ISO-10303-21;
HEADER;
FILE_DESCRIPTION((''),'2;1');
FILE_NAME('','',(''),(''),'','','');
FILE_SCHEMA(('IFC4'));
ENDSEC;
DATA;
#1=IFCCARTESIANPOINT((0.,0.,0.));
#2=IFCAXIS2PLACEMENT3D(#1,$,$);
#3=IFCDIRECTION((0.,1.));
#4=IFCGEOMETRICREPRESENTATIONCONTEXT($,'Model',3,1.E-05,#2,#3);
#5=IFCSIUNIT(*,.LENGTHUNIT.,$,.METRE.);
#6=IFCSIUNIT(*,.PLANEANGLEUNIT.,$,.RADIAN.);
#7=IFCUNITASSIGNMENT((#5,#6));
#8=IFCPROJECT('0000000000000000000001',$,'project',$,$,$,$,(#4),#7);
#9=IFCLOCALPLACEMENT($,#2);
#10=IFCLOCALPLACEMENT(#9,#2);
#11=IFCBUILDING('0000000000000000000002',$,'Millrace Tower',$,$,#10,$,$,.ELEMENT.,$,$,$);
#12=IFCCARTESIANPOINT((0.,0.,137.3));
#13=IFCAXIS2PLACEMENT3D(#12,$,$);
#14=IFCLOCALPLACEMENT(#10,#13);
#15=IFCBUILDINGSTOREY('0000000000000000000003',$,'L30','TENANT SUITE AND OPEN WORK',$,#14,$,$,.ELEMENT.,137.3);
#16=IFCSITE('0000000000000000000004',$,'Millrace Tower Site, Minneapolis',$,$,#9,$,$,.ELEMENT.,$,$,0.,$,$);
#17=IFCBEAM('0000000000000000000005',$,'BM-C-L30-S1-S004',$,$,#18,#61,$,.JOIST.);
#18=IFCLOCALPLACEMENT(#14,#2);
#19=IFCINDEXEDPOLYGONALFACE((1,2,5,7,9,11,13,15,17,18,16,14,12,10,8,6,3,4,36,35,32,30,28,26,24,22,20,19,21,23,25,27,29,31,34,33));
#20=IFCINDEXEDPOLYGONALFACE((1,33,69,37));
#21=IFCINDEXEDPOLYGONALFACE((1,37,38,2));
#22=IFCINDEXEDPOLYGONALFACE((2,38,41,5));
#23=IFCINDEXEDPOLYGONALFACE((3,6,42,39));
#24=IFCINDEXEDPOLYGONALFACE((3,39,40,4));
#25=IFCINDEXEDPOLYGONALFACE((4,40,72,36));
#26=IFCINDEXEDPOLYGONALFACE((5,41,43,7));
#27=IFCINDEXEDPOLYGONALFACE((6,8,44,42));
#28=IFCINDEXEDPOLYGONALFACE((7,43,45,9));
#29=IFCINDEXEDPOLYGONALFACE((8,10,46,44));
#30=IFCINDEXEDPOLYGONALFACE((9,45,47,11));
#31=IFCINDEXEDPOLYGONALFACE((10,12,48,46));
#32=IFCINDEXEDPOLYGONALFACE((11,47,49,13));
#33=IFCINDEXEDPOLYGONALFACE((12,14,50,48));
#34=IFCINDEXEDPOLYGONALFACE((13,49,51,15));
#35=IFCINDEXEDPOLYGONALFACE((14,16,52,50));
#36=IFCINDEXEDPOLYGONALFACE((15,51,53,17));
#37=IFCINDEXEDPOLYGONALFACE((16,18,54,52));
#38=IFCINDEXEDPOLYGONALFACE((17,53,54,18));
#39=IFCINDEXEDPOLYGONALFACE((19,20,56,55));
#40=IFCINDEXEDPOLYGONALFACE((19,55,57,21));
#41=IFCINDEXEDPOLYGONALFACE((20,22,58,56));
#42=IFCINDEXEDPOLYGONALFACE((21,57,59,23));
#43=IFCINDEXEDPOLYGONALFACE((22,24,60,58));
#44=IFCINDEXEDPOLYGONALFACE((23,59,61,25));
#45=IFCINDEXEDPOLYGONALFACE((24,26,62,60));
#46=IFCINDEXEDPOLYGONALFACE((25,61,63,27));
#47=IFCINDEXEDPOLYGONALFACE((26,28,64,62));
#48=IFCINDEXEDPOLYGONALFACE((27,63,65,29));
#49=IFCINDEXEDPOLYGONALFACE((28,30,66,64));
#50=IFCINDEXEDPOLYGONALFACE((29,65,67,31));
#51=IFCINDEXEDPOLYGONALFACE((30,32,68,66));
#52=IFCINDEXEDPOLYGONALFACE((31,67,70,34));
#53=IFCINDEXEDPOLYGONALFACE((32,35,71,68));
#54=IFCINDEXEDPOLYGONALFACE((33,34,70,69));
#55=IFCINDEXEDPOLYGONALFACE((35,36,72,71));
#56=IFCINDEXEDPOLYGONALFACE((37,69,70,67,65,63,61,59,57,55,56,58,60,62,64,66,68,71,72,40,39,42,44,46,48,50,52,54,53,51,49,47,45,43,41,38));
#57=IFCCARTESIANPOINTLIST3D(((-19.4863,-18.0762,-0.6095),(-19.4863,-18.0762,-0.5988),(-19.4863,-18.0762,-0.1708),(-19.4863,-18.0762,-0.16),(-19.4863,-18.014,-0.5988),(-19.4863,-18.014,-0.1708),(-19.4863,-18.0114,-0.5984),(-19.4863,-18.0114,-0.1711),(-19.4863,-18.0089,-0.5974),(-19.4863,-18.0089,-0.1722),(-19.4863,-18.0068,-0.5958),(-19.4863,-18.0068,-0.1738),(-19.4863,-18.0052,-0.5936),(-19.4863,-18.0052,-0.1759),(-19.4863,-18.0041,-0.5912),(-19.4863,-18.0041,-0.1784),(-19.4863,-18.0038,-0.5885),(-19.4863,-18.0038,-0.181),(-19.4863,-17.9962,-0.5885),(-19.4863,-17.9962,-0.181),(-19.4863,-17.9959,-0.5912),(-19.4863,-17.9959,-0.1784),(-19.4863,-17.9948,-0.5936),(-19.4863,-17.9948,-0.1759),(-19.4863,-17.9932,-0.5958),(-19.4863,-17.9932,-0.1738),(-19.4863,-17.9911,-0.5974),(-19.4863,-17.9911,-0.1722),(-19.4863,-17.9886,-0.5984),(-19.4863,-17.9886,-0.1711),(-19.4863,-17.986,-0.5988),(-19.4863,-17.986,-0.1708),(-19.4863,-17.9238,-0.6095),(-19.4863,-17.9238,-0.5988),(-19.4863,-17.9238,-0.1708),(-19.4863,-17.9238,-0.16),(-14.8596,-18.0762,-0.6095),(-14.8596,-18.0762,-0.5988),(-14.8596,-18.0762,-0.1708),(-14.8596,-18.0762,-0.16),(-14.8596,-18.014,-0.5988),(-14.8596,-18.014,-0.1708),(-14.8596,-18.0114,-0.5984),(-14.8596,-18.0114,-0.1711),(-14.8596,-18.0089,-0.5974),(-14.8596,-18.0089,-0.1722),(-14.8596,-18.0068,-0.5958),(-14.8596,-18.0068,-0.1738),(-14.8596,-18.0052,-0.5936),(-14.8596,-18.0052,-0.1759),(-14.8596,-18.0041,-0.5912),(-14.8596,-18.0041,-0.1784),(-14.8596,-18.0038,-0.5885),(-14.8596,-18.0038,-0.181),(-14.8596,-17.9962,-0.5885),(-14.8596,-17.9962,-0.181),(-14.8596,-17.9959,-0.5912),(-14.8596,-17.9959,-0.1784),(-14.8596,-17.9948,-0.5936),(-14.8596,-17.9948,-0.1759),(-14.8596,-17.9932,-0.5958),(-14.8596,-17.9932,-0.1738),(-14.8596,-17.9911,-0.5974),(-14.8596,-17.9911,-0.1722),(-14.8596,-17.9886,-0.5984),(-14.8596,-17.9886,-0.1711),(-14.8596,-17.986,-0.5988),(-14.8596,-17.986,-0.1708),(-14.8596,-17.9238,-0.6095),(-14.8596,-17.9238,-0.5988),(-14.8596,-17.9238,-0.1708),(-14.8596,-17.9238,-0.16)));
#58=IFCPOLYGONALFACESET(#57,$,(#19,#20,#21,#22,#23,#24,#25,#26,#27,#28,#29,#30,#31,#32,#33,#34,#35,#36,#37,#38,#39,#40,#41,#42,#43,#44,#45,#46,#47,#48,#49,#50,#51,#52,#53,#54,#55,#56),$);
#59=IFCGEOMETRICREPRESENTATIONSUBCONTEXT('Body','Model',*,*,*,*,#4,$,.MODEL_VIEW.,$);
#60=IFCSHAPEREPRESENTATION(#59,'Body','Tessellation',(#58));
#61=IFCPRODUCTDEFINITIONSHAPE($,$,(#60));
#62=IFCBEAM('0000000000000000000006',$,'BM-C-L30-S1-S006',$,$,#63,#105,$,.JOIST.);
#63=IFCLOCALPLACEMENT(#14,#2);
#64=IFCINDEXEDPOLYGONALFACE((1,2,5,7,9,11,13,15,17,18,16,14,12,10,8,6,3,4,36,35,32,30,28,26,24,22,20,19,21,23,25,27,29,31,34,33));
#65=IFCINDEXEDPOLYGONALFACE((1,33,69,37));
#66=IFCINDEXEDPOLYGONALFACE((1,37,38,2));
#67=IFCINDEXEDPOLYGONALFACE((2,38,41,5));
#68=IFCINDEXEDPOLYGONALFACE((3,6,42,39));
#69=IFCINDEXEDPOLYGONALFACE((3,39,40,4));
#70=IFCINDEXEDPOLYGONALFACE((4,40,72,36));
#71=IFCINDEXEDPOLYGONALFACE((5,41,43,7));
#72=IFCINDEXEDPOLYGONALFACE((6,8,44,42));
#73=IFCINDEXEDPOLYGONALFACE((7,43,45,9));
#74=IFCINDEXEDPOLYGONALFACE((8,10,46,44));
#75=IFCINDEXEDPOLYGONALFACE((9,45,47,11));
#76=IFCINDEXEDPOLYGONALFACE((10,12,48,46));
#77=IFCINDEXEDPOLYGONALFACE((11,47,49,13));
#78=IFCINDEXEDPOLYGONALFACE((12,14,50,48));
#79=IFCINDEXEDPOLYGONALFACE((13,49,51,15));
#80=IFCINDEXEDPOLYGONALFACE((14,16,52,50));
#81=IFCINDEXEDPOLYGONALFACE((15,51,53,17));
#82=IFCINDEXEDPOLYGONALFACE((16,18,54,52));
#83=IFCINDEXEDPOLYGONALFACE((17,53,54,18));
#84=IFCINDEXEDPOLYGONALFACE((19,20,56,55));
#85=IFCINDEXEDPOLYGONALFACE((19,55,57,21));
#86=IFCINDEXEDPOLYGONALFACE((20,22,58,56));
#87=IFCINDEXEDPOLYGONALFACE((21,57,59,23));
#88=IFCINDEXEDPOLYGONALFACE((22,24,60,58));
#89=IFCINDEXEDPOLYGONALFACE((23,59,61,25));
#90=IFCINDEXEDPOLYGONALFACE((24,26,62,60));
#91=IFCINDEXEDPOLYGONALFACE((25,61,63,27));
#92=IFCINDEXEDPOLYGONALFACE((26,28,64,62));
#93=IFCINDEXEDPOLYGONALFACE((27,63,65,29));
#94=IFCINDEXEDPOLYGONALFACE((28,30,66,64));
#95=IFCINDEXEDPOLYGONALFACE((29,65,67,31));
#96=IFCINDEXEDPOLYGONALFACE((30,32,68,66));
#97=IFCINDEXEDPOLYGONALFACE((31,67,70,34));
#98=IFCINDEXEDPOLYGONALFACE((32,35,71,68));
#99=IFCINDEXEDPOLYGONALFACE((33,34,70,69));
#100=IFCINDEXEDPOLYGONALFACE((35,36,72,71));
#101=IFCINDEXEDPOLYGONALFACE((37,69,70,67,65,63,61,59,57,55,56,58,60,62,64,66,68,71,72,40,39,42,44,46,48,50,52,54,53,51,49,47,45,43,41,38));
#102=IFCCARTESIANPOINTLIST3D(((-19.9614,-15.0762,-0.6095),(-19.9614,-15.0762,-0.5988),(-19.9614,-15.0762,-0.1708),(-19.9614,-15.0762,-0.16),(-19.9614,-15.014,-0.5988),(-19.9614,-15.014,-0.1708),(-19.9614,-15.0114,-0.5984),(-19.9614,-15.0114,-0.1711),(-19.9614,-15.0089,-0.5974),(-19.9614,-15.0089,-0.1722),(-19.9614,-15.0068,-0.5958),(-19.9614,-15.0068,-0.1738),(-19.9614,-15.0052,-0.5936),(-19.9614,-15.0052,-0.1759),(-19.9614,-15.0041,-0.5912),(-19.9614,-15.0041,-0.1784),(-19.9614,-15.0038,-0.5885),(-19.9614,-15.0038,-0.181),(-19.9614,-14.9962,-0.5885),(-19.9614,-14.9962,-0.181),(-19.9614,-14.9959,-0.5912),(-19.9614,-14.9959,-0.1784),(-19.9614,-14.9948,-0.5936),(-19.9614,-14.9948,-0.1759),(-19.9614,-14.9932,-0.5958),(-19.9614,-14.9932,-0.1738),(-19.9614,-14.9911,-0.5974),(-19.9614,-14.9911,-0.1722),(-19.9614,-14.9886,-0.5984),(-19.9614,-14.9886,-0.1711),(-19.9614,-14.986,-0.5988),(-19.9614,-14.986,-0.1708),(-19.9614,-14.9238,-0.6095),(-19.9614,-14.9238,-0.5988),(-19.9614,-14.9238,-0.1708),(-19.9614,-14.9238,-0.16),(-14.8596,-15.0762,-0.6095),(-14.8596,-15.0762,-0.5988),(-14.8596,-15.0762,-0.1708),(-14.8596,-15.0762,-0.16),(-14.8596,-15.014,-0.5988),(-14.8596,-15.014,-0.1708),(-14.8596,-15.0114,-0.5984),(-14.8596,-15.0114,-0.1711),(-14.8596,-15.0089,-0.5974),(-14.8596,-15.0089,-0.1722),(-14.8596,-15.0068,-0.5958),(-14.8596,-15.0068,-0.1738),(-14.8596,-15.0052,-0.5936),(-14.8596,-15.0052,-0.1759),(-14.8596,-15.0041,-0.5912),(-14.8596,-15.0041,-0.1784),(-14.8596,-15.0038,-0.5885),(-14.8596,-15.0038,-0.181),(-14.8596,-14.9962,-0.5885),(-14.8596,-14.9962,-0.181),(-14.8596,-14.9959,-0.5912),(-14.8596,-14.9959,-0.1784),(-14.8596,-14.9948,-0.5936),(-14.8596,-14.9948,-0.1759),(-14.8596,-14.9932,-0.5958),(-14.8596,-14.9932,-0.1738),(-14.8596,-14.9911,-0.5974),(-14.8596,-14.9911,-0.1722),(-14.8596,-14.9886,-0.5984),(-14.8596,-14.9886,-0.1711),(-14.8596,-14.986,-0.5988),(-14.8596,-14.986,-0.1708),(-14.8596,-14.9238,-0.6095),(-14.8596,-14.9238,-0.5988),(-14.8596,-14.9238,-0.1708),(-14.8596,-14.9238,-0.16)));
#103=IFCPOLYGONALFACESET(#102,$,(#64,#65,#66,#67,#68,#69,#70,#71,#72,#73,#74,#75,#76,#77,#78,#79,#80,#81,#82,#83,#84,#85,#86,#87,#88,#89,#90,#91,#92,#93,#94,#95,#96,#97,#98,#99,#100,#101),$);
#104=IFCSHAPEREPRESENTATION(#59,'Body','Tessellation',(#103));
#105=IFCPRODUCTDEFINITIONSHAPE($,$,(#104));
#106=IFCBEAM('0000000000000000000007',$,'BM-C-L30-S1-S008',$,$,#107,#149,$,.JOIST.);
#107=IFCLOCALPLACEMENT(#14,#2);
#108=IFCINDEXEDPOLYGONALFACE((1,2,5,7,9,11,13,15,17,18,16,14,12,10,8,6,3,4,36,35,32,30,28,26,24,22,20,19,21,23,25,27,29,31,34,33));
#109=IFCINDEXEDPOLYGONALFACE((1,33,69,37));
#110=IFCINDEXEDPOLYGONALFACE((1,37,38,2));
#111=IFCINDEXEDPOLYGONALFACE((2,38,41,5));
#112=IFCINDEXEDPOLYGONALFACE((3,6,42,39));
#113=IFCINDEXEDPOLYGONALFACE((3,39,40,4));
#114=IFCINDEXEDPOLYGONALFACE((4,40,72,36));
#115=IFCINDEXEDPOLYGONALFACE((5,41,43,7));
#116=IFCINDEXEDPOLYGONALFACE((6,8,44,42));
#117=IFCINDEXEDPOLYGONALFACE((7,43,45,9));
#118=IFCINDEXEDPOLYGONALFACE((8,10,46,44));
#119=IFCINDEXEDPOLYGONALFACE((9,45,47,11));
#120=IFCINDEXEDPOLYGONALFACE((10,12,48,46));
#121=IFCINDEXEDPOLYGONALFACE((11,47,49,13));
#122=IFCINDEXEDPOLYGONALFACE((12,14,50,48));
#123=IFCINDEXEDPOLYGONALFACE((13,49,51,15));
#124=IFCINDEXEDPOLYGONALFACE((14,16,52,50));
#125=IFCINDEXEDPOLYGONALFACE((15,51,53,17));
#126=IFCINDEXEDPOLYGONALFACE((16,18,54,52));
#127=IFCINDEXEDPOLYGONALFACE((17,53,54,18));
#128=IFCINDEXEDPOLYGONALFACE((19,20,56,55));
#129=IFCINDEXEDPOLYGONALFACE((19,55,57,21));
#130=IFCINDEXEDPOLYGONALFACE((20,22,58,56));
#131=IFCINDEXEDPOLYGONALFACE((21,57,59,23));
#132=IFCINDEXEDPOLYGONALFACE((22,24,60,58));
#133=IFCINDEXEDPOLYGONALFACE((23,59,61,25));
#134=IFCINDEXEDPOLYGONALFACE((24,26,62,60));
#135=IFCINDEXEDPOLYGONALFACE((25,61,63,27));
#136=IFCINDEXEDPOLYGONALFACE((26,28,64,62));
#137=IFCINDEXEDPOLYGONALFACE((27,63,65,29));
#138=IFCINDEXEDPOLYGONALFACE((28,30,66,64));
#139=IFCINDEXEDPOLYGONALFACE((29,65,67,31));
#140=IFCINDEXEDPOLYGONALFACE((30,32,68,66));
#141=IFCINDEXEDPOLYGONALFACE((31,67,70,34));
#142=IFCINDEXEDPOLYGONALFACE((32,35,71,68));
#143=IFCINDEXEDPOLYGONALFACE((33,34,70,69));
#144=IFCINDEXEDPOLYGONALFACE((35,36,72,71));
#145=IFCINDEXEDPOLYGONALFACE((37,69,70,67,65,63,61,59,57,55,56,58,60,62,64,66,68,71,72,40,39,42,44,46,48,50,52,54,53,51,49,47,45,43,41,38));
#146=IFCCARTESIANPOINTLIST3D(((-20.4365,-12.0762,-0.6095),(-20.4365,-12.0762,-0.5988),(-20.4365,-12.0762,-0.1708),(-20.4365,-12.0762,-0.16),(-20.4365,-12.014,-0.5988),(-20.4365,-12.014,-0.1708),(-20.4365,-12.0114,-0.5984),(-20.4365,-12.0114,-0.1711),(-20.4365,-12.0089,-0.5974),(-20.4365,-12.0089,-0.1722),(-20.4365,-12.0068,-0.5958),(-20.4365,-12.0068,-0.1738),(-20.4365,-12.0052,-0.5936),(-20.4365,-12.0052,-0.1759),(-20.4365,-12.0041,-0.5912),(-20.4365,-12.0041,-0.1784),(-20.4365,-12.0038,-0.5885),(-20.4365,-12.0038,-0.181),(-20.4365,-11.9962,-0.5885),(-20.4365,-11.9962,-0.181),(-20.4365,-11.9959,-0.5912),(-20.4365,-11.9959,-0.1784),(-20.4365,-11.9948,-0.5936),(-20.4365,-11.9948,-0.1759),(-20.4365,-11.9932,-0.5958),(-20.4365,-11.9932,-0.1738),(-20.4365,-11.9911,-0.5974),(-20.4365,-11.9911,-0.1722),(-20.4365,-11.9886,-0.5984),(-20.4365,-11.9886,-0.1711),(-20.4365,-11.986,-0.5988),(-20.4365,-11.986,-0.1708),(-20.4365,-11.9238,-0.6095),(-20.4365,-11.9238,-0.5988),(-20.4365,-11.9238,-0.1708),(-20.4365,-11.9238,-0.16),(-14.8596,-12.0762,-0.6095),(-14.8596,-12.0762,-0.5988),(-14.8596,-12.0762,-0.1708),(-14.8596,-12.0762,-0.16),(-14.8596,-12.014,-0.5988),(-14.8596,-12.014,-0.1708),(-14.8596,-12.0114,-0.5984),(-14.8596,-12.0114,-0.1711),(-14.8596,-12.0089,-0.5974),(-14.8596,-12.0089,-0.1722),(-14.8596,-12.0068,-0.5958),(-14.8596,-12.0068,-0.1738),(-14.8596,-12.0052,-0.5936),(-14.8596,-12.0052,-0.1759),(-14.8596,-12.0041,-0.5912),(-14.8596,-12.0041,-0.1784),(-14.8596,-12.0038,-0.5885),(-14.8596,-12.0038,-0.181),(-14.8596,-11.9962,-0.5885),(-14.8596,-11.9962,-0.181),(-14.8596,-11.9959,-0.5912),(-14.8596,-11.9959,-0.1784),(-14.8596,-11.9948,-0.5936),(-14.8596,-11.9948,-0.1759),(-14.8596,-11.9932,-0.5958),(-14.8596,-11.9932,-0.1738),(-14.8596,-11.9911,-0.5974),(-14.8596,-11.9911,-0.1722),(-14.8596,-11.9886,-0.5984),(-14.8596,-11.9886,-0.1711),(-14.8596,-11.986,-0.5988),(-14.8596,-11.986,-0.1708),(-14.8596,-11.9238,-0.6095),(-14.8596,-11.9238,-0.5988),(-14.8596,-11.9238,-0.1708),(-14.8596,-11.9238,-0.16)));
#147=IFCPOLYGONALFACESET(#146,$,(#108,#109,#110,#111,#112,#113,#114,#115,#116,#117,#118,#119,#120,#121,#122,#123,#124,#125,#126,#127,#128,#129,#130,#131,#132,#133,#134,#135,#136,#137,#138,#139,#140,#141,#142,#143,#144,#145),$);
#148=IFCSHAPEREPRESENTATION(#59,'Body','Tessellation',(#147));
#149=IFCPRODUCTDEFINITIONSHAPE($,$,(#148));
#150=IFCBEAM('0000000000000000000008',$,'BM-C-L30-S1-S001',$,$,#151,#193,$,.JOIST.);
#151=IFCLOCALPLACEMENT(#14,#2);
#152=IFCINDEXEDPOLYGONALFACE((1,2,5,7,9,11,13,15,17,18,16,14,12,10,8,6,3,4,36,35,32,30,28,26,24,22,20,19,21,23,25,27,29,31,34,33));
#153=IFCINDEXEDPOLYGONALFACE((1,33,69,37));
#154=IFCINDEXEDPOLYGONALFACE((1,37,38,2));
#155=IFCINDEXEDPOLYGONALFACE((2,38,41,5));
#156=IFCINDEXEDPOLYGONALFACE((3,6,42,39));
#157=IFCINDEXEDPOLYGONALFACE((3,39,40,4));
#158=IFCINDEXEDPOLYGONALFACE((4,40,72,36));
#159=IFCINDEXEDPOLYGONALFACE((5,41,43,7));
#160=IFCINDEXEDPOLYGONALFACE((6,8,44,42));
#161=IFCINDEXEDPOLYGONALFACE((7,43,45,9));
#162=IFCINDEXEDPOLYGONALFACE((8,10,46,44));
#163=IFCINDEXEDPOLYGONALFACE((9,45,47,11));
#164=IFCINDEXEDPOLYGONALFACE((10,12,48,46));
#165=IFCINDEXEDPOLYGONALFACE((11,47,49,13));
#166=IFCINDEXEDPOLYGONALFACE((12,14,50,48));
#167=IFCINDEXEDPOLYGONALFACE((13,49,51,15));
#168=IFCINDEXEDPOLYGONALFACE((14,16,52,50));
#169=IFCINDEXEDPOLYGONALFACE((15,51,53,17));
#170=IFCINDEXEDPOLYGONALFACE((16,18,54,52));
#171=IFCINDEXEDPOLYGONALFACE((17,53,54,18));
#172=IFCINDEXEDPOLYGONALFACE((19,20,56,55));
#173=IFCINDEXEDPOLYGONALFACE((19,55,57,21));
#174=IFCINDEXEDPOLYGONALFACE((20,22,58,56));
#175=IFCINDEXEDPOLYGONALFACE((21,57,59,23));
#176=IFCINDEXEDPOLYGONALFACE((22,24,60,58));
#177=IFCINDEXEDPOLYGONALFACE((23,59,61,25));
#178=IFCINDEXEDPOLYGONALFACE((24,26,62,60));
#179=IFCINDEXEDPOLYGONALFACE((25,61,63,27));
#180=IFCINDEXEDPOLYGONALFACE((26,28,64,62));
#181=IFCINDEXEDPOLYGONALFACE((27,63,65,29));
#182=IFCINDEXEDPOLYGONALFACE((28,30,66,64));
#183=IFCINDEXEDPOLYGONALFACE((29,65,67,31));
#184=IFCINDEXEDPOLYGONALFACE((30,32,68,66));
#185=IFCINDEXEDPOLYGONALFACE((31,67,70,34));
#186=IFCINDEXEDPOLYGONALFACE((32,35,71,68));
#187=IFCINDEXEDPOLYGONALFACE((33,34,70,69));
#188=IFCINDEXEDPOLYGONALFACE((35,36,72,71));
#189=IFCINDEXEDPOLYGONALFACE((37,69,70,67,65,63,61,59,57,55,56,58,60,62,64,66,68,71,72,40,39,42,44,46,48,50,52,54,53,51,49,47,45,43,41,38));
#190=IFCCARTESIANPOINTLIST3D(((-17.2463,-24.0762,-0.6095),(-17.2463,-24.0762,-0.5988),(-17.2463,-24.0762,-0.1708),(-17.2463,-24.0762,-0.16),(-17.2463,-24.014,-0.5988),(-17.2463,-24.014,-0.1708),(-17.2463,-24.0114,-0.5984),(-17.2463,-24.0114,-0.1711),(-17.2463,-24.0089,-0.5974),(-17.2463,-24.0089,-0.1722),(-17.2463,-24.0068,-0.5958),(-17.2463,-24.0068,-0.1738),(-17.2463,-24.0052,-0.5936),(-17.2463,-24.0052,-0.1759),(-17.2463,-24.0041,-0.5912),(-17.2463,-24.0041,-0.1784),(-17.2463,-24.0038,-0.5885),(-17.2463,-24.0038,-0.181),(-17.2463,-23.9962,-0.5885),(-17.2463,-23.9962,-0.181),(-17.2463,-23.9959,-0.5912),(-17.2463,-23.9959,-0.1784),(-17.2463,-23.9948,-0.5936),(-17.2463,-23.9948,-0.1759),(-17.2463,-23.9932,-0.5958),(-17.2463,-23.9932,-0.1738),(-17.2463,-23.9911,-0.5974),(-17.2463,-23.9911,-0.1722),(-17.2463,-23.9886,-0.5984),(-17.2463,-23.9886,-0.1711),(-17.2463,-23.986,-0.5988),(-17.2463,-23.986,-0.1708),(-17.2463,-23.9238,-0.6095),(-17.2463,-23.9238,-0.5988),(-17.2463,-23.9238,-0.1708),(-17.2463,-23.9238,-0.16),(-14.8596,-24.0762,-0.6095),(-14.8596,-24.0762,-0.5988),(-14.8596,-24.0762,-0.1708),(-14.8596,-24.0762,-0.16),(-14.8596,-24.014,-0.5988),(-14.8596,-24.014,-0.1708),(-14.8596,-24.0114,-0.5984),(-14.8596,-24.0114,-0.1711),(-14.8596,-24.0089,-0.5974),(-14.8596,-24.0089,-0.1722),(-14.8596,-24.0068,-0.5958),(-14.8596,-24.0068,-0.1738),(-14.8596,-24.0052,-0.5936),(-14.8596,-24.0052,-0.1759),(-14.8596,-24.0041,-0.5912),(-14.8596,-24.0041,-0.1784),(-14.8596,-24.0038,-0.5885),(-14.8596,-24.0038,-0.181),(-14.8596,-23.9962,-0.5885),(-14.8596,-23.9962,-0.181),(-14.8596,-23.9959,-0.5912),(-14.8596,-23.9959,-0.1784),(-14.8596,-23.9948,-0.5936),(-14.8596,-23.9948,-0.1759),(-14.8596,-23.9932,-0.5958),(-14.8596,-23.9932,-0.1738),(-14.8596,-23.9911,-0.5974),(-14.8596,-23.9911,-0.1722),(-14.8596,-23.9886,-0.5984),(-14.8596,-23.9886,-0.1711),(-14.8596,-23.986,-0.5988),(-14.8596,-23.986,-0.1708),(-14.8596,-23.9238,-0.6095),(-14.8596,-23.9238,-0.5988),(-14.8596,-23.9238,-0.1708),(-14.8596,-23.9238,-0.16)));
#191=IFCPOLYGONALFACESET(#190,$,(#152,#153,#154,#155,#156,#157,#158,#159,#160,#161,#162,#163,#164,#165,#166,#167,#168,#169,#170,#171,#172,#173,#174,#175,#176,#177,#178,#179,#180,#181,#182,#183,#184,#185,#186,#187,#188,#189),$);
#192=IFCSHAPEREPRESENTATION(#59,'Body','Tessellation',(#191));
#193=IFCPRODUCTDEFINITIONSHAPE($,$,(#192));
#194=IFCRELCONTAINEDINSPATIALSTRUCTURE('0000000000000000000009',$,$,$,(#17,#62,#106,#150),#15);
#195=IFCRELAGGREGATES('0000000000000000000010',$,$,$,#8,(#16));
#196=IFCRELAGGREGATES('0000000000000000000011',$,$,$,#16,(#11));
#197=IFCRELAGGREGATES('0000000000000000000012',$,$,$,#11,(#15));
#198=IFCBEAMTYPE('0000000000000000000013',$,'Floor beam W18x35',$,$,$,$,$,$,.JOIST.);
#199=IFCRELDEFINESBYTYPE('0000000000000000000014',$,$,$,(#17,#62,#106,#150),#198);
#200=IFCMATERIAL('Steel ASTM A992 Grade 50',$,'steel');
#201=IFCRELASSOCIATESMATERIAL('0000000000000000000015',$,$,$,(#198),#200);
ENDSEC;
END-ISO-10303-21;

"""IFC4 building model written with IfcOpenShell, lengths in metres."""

from ifc_helpers import new_model, si_unit, direction, frame, origin, origin_2d, place, context, subcontext, project, spatial, i_section, extrude, material, material_profile, profile_set, type_object, element, save


model = new_model("IFC4")

# Units and contexts
model_context = context("Model", 3, precision=1e-05, world=origin(), true_north=direction((0.0, 1.0)))
body_context = subcontext(model_context, "Body", "Model", "MODEL_VIEW")
ifc_project = project(units=[si_unit("LENGTHUNIT", "METRE"), si_unit("PLANEANGLEUNIT", "RADIAN")], contexts=[model_context])

# Site, building, storey
site_placement = place(None, origin())
site = spatial("IfcSite", under=ifc_project, at=site_placement, Name="Millrace Tower Site, Minneapolis", CompositionType="ELEMENT", RefElevation=0.0)
building_placement = place(site_placement, origin())
building = spatial("IfcBuilding", under=site, at=building_placement, Name="Millrace Tower", CompositionType="ELEMENT")
storey_placement = place(building_placement, frame((0.0, 0.0, 137.3)))
storey = spatial("IfcBuildingStorey", under=building, at=storey_placement, Name="L30", Description="TENANT SUITE AND OPEN WORK", CompositionType="ELEMENT", Elevation=137.3)

# Beams
ifc_material_1 = material(Name="Steel ASTM A992 Grade 50", Category="steel")
ifc_material_profile_1 = material_profile(ifc_material_1, i_section(OverallWidth=0.1523, OverallDepth=0.4495, WebThickness=0.0076, FlangeThickness=0.0107, FilletRadius=0.0103, at=origin_2d()))
ifc_profile_set_1 = profile_set([ifc_material_profile_1], Name="Steel ASTM A992 Grade 50")
beam_type_1 = type_object("IfcBeamType", Name="Floor beam W18x35", PredefinedType="JOIST", material=ifc_profile_set_1)
beam_1_placement = place(storey_placement, frame((-19.4863, -18.0, -0.3848), z_axis=(1.0, 0.0, 0.0), x_axis=(0.0, 1.0, 0.0)))
element("IfcBeam", 1, at=beam_1_placement, inside=storey, type_object=beam_type_1, Name="BM-C-L30-S1-S004", PredefinedType="JOIST", context=body_context, shape_type="SweptSolid", body=[
    extrude(i_section(OverallWidth=0.1523, OverallDepth=0.4495, WebThickness=0.0076, FlangeThickness=0.0107, FilletRadius=0.0103, at=origin_2d()), origin(), (0.0, 0.0, 1.0), 4.6267),
])
beam_2_placement = place(storey_placement, frame((-19.9614, -15.0, -0.3848), z_axis=(1.0, 0.0, 0.0), x_axis=(0.0, 1.0, 0.0)))
element("IfcBeam", 2, at=beam_2_placement, inside=storey, type_object=beam_type_1, Name="BM-C-L30-S1-S006", PredefinedType="JOIST", context=body_context, shape_type="SweptSolid", body=[
    extrude(i_section(OverallWidth=0.1523, OverallDepth=0.4495, WebThickness=0.0076, FlangeThickness=0.0107, FilletRadius=0.0103, at=origin_2d()), origin(), (0.0, 0.0, 1.0), 5.1018),
])
beam_3_placement = place(storey_placement, frame((-20.4365, -12.0, -0.3848), z_axis=(1.0, 0.0, 0.0), x_axis=(0.0, 1.0, 0.0)))
element("IfcBeam", 3, at=beam_3_placement, inside=storey, type_object=beam_type_1, Name="BM-C-L30-S1-S008", PredefinedType="JOIST", context=body_context, shape_type="SweptSolid", body=[
    extrude(i_section(OverallWidth=0.1523, OverallDepth=0.4495, WebThickness=0.0076, FlangeThickness=0.0107, FilletRadius=0.0103, at=origin_2d()), origin(), (0.0, 0.0, 1.0), 5.5769),
])
beam_4_placement = place(storey_placement, frame((-17.2463, -24.0, -0.3848), z_axis=(1.0, 0.0, 0.0), x_axis=(0.0, 1.0, 0.0)))
element("IfcBeam", 4, at=beam_4_placement, inside=storey, type_object=beam_type_1, Name="BM-C-L30-S1-S001", PredefinedType="JOIST", context=body_context, shape_type="SweptSolid", body=[
    extrude(i_section(OverallWidth=0.1523, OverallDepth=0.4495, WebThickness=0.0076, FlangeThickness=0.0107, FilletRadius=0.0103, at=origin_2d()), origin(), (0.0, 0.0, 1.0), 2.3867),
])

save(model, "model.ifc")
